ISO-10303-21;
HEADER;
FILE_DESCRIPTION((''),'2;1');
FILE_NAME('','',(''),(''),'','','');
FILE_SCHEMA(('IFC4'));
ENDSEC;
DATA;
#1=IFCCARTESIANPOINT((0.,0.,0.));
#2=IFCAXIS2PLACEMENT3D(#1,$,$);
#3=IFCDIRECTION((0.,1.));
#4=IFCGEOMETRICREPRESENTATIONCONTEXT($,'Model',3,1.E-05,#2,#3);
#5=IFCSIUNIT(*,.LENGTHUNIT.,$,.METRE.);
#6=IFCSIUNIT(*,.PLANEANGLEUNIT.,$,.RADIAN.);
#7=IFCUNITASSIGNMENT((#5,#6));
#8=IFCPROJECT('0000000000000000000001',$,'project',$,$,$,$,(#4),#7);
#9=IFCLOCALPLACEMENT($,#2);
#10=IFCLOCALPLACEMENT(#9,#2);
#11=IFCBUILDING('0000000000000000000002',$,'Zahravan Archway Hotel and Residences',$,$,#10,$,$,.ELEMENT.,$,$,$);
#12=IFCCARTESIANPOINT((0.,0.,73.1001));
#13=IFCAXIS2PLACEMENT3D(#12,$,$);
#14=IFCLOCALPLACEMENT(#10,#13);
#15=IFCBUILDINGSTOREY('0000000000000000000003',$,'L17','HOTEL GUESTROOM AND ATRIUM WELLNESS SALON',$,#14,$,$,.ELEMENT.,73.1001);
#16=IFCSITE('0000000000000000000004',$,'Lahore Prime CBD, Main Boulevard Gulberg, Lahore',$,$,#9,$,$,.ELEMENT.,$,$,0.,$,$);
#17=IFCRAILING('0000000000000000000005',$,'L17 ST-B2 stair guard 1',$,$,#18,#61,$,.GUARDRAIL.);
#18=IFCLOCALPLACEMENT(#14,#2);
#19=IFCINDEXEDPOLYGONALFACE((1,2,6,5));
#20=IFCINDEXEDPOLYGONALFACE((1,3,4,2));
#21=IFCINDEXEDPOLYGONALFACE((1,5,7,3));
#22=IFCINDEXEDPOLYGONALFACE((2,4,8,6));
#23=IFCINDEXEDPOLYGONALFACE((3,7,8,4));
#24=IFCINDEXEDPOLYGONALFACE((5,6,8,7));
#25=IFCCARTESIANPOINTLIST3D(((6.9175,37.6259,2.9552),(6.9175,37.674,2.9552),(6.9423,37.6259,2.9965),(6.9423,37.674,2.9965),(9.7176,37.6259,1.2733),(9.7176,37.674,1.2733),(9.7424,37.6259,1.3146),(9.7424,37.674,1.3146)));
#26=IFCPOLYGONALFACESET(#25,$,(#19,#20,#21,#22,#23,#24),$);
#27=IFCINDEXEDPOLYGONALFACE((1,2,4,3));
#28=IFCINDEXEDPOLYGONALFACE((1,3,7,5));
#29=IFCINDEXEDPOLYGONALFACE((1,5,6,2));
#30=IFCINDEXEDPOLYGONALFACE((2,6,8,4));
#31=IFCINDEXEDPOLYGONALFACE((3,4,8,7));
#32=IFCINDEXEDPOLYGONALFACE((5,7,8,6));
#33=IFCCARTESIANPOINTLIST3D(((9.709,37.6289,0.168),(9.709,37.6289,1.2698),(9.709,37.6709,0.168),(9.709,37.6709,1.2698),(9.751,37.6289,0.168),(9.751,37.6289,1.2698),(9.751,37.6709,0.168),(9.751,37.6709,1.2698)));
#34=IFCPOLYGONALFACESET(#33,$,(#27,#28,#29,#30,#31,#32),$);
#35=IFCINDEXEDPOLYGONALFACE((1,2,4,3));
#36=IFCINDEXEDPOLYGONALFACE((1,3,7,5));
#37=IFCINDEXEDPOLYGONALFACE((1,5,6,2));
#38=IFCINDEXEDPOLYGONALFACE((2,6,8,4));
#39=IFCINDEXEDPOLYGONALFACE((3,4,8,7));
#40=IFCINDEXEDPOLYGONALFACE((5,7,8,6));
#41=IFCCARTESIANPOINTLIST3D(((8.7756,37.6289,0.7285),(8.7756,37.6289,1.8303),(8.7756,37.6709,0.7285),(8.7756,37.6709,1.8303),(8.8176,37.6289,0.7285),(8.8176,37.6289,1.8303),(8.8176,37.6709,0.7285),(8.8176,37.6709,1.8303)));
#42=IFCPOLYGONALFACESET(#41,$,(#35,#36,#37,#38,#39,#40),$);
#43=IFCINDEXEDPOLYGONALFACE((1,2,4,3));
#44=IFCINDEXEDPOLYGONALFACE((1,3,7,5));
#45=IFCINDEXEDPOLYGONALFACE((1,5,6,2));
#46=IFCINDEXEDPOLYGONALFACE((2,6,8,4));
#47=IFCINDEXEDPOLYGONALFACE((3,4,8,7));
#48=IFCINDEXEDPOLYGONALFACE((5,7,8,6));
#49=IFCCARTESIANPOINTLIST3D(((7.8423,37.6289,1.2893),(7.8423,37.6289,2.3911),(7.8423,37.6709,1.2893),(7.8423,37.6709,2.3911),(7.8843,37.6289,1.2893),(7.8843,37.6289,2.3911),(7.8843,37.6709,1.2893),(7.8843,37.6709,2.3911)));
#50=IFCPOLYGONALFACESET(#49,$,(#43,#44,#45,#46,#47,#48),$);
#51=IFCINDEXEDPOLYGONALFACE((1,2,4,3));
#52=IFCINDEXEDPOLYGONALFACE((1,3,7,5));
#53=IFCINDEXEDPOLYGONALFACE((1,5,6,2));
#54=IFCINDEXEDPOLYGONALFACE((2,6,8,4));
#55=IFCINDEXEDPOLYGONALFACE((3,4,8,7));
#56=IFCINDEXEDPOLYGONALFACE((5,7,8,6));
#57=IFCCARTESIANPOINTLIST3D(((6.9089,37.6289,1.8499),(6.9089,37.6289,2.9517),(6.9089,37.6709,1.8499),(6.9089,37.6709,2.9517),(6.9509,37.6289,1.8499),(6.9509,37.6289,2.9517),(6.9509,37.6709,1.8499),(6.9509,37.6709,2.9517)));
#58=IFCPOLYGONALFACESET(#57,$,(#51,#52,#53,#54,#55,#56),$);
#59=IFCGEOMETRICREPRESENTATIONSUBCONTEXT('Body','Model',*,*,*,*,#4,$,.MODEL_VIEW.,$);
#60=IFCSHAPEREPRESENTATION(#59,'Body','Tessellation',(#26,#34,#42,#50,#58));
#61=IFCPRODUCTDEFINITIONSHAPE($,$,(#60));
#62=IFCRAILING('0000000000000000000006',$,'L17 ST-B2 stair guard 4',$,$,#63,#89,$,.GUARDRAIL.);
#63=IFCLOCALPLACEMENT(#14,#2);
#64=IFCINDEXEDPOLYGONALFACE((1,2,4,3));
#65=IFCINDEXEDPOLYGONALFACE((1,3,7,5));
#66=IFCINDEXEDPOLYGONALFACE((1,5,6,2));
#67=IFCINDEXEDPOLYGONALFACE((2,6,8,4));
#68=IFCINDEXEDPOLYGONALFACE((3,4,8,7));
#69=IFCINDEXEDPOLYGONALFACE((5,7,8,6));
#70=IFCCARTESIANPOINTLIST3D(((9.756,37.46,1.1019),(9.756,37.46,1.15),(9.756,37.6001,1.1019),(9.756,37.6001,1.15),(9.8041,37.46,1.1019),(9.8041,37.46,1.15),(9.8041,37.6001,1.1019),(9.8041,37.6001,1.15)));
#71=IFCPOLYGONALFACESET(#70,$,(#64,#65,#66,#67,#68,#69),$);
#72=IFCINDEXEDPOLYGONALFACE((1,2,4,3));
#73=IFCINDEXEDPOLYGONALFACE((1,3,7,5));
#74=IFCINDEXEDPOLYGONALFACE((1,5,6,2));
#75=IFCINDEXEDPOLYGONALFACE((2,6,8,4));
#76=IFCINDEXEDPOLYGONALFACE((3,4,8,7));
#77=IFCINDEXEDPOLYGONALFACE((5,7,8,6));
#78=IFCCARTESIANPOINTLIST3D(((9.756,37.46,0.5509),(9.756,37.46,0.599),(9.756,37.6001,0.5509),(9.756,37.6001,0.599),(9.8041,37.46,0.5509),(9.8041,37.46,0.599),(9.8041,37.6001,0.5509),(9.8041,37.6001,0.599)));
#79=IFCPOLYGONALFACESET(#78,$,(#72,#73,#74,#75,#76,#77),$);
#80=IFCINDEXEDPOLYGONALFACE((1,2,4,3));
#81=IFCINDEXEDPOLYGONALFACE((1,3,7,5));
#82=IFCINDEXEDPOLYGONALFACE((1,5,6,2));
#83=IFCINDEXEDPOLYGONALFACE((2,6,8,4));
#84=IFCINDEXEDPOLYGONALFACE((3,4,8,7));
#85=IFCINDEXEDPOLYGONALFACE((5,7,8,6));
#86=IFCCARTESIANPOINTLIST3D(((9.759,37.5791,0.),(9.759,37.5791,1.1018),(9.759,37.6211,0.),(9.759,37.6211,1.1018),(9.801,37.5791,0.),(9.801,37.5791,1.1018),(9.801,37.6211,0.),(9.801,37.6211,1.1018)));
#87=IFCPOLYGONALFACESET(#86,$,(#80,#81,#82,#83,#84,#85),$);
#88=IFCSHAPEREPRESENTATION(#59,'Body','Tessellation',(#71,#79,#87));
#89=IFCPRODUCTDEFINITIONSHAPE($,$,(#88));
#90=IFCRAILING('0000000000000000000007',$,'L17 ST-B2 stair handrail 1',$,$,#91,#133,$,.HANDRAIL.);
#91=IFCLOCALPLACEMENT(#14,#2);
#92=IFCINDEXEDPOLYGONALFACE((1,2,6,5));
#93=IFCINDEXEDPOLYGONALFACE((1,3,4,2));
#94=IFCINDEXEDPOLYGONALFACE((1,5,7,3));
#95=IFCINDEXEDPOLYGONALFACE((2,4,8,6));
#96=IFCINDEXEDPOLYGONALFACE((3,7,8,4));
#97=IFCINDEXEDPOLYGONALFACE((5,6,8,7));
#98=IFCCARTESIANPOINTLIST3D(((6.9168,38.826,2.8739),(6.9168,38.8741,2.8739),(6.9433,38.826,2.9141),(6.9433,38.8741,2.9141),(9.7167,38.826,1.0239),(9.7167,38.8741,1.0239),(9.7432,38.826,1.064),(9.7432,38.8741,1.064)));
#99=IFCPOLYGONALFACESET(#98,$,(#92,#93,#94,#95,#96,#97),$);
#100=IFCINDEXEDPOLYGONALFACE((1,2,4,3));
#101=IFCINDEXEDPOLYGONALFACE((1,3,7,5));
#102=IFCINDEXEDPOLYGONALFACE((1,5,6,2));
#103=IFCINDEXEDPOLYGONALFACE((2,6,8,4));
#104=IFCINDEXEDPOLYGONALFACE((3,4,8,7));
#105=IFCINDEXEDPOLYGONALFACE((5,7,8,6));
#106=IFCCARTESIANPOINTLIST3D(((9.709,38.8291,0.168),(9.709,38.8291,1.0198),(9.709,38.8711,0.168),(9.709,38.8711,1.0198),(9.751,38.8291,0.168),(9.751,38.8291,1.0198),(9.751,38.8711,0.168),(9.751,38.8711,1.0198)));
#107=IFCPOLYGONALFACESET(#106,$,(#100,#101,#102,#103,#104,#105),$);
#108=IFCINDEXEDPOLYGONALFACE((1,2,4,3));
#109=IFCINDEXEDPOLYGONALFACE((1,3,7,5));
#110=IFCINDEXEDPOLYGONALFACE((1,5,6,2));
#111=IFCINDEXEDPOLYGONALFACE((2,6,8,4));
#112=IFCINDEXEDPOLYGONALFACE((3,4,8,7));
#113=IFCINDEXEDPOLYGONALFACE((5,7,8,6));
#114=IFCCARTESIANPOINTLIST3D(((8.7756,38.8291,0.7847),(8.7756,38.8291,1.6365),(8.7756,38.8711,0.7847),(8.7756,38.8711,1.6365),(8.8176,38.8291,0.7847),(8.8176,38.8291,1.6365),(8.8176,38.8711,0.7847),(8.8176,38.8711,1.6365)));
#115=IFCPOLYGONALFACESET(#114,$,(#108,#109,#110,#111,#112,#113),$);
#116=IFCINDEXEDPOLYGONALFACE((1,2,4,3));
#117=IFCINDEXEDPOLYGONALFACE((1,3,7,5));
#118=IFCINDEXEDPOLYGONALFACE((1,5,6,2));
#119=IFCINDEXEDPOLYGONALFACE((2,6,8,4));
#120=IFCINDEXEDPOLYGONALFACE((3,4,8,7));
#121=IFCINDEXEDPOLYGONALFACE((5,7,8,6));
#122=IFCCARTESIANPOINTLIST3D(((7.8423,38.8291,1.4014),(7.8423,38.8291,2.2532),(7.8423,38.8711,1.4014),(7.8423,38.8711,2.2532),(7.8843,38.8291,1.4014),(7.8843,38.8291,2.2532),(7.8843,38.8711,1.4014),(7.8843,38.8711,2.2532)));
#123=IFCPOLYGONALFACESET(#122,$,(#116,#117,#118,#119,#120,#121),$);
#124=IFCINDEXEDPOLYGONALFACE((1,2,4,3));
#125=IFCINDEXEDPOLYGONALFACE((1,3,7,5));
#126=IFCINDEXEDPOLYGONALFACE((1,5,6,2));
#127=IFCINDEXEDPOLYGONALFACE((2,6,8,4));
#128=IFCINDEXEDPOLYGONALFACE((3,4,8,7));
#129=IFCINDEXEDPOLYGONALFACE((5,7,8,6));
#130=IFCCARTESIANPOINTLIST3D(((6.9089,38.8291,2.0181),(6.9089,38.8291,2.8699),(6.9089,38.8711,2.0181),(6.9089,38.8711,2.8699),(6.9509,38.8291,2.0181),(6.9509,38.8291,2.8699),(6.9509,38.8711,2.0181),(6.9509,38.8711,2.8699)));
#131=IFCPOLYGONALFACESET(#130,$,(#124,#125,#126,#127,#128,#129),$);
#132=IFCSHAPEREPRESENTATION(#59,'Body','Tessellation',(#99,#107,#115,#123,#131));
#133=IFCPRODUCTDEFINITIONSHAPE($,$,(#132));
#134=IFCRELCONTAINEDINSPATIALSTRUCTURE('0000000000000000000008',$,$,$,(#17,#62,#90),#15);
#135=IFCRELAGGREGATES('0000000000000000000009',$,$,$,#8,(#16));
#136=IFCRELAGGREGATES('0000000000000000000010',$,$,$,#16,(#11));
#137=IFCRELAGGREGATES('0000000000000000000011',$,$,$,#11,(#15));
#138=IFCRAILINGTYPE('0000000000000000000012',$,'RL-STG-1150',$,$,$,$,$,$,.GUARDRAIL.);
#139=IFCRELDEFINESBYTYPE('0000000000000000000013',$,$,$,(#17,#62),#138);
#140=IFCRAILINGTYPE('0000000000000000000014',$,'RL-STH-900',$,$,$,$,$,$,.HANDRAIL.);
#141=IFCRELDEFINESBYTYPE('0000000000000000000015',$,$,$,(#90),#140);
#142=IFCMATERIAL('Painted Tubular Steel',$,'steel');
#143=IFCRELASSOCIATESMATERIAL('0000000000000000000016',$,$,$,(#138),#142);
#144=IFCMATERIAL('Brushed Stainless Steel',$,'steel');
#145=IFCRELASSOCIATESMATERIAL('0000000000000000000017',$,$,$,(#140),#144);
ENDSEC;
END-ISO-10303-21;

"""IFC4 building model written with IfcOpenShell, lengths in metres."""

from ifc_helpers import new_model, si_unit, direction, frame, origin, origin_2d, place, context, subcontext, project, spatial, rectangle, extrude, material, type_object, element, save


model = new_model("IFC4")

# Units and contexts
model_context = context("Model", 3, precision=1e-05, world=origin(), true_north=direction((0.0, 1.0)))
body_context = subcontext(model_context, "Body", "Model", "MODEL_VIEW")
ifc_project = project(units=[si_unit("LENGTHUNIT", "METRE"), si_unit("PLANEANGLEUNIT", "RADIAN")], contexts=[model_context])

# Site, building, storey
site_placement = place(None, origin())
site = spatial("IfcSite", under=ifc_project, at=site_placement, Name="Lahore Prime CBD, Main Boulevard Gulberg, Lahore", CompositionType="ELEMENT", RefElevation=0.0)
building_placement = place(site_placement, origin())
building = spatial("IfcBuilding", under=site, at=building_placement, Name="Zahravan Archway Hotel and Residences", CompositionType="ELEMENT")
storey_placement = place(building_placement, frame((0.0, 0.0, 73.1001)))
storey = spatial("IfcBuildingStorey", under=building, at=storey_placement, Name="L17", Description="HOTEL GUESTROOM AND ATRIUM WELLNESS SALON", CompositionType="ELEMENT", Elevation=73.1001)

# Railings
ifc_material_1 = material(Name="Painted Tubular Steel", Category="steel")
railing_type_1 = type_object("IfcRailingType", Name="RL-STG-1150", PredefinedType="GUARDRAIL", material=ifc_material_1)
railing_1_placement = place(storey_placement, frame((9.73, 37.6499, 0.168)))
element("IfcRailing", 1, at=railing_1_placement, inside=storey, type_object=railing_type_1, Name="L17 ST-B2 stair guard 1", PredefinedType="GUARDRAIL", context=body_context, shape_type="SweptSolid", body=[
    extrude(rectangle(XDim=0.0481, YDim=0.0481, at=origin_2d()), frame((0.0, 0.0, 1.126), z_axis=(-0.857242, 0.0, 0.514913), x_axis=(0.0, -1.0, 0.0)), (0.0, 0.0, 1.0), 3.2664),
    extrude(rectangle(XDim=0.042, YDim=0.042, at=origin_2d()), origin(), (0.0, 0.0, 1.0), 1.1018),
    extrude(rectangle(XDim=0.042, YDim=0.042, at=origin_2d()), frame((-0.9333, 0.0, 0.5605)), (0.0, 0.0, 1.0), 1.1018),
    extrude(rectangle(XDim=0.042, YDim=0.042, at=origin_2d()), frame((-1.8667, 0.0, 1.1213)), (0.0, 0.0, 1.0), 1.1018),
    extrude(rectangle(XDim=0.042, YDim=0.042, at=origin_2d()), frame((-2.8, 0.0, 1.6819)), (0.0, 0.0, 1.0), 1.1018),
])
railing_2_placement = place(storey_placement, frame((9.78, 37.6001, 0.0)))
element("IfcRailing", 2, at=railing_2_placement, inside=storey, type_object=railing_type_1, Name="L17 ST-B2 stair guard 4", PredefinedType="GUARDRAIL", context=body_context, shape_type="SweptSolid", body=[
    extrude(rectangle(XDim=0.0481, YDim=0.0481, at=origin_2d()), frame((0.0, 0.0, 1.126), z_axis=(0.0, -1.0, 0.0), x_axis=(1.0, 0.0, 0.0)), (0.0, 0.0, 1.0), 0.1401),
    extrude(rectangle(XDim=0.0481, YDim=0.0481, at=origin_2d()), frame((0.0, 0.0, 0.575), z_axis=(0.0, -1.0, 0.0), x_axis=(1.0, 0.0, 0.0)), (0.0, 0.0, 1.0), 0.1401),
    extrude(rectangle(XDim=0.042, YDim=0.042, at=origin_2d()), origin(), (0.0, 0.0, 1.0), 1.1018),
])
ifc_material_2 = material(Name="Brushed Stainless Steel", Category="steel")
railing_type_2 = type_object("IfcRailingType", Name="RL-STH-900", PredefinedType="HANDRAIL", material=ifc_material_2)
railing_3_placement = place(storey_placement, frame((9.73, 38.8501, 0.168)))
element("IfcRailing", 3, at=railing_3_placement, inside=storey, type_object=railing_type_2, Name="L17 ST-B2 stair handrail 1", PredefinedType="HANDRAIL", context=body_context, shape_type="SweptSolid", body=[
    extrude(rectangle(XDim=0.0481, YDim=0.0481, at=origin_2d()), frame((0.0, 0.0, 0.876), z_axis=(-0.834326, 0.0, 0.551271), x_axis=(0.0, -1.0, 0.0)), (0.0, 0.0, 1.0), 3.356),
    extrude(rectangle(XDim=0.042, YDim=0.042, at=origin_2d()), origin(), (0.0, 0.0, 1.0), 0.8518),
    extrude(rectangle(XDim=0.042, YDim=0.042, at=origin_2d()), frame((-0.9333, 0.0, 0.6167)), (0.0, 0.0, 1.0), 0.8518),
    extrude(rectangle(XDim=0.042, YDim=0.042, at=origin_2d()), frame((-1.8667, 0.0, 1.2334)), (0.0, 0.0, 1.0), 0.8518),
    extrude(rectangle(XDim=0.042, YDim=0.042, at=origin_2d()), frame((-2.8, 0.0, 1.8501)), (0.0, 0.0, 1.0), 0.8518),
])

save(model, "model.ifc")
